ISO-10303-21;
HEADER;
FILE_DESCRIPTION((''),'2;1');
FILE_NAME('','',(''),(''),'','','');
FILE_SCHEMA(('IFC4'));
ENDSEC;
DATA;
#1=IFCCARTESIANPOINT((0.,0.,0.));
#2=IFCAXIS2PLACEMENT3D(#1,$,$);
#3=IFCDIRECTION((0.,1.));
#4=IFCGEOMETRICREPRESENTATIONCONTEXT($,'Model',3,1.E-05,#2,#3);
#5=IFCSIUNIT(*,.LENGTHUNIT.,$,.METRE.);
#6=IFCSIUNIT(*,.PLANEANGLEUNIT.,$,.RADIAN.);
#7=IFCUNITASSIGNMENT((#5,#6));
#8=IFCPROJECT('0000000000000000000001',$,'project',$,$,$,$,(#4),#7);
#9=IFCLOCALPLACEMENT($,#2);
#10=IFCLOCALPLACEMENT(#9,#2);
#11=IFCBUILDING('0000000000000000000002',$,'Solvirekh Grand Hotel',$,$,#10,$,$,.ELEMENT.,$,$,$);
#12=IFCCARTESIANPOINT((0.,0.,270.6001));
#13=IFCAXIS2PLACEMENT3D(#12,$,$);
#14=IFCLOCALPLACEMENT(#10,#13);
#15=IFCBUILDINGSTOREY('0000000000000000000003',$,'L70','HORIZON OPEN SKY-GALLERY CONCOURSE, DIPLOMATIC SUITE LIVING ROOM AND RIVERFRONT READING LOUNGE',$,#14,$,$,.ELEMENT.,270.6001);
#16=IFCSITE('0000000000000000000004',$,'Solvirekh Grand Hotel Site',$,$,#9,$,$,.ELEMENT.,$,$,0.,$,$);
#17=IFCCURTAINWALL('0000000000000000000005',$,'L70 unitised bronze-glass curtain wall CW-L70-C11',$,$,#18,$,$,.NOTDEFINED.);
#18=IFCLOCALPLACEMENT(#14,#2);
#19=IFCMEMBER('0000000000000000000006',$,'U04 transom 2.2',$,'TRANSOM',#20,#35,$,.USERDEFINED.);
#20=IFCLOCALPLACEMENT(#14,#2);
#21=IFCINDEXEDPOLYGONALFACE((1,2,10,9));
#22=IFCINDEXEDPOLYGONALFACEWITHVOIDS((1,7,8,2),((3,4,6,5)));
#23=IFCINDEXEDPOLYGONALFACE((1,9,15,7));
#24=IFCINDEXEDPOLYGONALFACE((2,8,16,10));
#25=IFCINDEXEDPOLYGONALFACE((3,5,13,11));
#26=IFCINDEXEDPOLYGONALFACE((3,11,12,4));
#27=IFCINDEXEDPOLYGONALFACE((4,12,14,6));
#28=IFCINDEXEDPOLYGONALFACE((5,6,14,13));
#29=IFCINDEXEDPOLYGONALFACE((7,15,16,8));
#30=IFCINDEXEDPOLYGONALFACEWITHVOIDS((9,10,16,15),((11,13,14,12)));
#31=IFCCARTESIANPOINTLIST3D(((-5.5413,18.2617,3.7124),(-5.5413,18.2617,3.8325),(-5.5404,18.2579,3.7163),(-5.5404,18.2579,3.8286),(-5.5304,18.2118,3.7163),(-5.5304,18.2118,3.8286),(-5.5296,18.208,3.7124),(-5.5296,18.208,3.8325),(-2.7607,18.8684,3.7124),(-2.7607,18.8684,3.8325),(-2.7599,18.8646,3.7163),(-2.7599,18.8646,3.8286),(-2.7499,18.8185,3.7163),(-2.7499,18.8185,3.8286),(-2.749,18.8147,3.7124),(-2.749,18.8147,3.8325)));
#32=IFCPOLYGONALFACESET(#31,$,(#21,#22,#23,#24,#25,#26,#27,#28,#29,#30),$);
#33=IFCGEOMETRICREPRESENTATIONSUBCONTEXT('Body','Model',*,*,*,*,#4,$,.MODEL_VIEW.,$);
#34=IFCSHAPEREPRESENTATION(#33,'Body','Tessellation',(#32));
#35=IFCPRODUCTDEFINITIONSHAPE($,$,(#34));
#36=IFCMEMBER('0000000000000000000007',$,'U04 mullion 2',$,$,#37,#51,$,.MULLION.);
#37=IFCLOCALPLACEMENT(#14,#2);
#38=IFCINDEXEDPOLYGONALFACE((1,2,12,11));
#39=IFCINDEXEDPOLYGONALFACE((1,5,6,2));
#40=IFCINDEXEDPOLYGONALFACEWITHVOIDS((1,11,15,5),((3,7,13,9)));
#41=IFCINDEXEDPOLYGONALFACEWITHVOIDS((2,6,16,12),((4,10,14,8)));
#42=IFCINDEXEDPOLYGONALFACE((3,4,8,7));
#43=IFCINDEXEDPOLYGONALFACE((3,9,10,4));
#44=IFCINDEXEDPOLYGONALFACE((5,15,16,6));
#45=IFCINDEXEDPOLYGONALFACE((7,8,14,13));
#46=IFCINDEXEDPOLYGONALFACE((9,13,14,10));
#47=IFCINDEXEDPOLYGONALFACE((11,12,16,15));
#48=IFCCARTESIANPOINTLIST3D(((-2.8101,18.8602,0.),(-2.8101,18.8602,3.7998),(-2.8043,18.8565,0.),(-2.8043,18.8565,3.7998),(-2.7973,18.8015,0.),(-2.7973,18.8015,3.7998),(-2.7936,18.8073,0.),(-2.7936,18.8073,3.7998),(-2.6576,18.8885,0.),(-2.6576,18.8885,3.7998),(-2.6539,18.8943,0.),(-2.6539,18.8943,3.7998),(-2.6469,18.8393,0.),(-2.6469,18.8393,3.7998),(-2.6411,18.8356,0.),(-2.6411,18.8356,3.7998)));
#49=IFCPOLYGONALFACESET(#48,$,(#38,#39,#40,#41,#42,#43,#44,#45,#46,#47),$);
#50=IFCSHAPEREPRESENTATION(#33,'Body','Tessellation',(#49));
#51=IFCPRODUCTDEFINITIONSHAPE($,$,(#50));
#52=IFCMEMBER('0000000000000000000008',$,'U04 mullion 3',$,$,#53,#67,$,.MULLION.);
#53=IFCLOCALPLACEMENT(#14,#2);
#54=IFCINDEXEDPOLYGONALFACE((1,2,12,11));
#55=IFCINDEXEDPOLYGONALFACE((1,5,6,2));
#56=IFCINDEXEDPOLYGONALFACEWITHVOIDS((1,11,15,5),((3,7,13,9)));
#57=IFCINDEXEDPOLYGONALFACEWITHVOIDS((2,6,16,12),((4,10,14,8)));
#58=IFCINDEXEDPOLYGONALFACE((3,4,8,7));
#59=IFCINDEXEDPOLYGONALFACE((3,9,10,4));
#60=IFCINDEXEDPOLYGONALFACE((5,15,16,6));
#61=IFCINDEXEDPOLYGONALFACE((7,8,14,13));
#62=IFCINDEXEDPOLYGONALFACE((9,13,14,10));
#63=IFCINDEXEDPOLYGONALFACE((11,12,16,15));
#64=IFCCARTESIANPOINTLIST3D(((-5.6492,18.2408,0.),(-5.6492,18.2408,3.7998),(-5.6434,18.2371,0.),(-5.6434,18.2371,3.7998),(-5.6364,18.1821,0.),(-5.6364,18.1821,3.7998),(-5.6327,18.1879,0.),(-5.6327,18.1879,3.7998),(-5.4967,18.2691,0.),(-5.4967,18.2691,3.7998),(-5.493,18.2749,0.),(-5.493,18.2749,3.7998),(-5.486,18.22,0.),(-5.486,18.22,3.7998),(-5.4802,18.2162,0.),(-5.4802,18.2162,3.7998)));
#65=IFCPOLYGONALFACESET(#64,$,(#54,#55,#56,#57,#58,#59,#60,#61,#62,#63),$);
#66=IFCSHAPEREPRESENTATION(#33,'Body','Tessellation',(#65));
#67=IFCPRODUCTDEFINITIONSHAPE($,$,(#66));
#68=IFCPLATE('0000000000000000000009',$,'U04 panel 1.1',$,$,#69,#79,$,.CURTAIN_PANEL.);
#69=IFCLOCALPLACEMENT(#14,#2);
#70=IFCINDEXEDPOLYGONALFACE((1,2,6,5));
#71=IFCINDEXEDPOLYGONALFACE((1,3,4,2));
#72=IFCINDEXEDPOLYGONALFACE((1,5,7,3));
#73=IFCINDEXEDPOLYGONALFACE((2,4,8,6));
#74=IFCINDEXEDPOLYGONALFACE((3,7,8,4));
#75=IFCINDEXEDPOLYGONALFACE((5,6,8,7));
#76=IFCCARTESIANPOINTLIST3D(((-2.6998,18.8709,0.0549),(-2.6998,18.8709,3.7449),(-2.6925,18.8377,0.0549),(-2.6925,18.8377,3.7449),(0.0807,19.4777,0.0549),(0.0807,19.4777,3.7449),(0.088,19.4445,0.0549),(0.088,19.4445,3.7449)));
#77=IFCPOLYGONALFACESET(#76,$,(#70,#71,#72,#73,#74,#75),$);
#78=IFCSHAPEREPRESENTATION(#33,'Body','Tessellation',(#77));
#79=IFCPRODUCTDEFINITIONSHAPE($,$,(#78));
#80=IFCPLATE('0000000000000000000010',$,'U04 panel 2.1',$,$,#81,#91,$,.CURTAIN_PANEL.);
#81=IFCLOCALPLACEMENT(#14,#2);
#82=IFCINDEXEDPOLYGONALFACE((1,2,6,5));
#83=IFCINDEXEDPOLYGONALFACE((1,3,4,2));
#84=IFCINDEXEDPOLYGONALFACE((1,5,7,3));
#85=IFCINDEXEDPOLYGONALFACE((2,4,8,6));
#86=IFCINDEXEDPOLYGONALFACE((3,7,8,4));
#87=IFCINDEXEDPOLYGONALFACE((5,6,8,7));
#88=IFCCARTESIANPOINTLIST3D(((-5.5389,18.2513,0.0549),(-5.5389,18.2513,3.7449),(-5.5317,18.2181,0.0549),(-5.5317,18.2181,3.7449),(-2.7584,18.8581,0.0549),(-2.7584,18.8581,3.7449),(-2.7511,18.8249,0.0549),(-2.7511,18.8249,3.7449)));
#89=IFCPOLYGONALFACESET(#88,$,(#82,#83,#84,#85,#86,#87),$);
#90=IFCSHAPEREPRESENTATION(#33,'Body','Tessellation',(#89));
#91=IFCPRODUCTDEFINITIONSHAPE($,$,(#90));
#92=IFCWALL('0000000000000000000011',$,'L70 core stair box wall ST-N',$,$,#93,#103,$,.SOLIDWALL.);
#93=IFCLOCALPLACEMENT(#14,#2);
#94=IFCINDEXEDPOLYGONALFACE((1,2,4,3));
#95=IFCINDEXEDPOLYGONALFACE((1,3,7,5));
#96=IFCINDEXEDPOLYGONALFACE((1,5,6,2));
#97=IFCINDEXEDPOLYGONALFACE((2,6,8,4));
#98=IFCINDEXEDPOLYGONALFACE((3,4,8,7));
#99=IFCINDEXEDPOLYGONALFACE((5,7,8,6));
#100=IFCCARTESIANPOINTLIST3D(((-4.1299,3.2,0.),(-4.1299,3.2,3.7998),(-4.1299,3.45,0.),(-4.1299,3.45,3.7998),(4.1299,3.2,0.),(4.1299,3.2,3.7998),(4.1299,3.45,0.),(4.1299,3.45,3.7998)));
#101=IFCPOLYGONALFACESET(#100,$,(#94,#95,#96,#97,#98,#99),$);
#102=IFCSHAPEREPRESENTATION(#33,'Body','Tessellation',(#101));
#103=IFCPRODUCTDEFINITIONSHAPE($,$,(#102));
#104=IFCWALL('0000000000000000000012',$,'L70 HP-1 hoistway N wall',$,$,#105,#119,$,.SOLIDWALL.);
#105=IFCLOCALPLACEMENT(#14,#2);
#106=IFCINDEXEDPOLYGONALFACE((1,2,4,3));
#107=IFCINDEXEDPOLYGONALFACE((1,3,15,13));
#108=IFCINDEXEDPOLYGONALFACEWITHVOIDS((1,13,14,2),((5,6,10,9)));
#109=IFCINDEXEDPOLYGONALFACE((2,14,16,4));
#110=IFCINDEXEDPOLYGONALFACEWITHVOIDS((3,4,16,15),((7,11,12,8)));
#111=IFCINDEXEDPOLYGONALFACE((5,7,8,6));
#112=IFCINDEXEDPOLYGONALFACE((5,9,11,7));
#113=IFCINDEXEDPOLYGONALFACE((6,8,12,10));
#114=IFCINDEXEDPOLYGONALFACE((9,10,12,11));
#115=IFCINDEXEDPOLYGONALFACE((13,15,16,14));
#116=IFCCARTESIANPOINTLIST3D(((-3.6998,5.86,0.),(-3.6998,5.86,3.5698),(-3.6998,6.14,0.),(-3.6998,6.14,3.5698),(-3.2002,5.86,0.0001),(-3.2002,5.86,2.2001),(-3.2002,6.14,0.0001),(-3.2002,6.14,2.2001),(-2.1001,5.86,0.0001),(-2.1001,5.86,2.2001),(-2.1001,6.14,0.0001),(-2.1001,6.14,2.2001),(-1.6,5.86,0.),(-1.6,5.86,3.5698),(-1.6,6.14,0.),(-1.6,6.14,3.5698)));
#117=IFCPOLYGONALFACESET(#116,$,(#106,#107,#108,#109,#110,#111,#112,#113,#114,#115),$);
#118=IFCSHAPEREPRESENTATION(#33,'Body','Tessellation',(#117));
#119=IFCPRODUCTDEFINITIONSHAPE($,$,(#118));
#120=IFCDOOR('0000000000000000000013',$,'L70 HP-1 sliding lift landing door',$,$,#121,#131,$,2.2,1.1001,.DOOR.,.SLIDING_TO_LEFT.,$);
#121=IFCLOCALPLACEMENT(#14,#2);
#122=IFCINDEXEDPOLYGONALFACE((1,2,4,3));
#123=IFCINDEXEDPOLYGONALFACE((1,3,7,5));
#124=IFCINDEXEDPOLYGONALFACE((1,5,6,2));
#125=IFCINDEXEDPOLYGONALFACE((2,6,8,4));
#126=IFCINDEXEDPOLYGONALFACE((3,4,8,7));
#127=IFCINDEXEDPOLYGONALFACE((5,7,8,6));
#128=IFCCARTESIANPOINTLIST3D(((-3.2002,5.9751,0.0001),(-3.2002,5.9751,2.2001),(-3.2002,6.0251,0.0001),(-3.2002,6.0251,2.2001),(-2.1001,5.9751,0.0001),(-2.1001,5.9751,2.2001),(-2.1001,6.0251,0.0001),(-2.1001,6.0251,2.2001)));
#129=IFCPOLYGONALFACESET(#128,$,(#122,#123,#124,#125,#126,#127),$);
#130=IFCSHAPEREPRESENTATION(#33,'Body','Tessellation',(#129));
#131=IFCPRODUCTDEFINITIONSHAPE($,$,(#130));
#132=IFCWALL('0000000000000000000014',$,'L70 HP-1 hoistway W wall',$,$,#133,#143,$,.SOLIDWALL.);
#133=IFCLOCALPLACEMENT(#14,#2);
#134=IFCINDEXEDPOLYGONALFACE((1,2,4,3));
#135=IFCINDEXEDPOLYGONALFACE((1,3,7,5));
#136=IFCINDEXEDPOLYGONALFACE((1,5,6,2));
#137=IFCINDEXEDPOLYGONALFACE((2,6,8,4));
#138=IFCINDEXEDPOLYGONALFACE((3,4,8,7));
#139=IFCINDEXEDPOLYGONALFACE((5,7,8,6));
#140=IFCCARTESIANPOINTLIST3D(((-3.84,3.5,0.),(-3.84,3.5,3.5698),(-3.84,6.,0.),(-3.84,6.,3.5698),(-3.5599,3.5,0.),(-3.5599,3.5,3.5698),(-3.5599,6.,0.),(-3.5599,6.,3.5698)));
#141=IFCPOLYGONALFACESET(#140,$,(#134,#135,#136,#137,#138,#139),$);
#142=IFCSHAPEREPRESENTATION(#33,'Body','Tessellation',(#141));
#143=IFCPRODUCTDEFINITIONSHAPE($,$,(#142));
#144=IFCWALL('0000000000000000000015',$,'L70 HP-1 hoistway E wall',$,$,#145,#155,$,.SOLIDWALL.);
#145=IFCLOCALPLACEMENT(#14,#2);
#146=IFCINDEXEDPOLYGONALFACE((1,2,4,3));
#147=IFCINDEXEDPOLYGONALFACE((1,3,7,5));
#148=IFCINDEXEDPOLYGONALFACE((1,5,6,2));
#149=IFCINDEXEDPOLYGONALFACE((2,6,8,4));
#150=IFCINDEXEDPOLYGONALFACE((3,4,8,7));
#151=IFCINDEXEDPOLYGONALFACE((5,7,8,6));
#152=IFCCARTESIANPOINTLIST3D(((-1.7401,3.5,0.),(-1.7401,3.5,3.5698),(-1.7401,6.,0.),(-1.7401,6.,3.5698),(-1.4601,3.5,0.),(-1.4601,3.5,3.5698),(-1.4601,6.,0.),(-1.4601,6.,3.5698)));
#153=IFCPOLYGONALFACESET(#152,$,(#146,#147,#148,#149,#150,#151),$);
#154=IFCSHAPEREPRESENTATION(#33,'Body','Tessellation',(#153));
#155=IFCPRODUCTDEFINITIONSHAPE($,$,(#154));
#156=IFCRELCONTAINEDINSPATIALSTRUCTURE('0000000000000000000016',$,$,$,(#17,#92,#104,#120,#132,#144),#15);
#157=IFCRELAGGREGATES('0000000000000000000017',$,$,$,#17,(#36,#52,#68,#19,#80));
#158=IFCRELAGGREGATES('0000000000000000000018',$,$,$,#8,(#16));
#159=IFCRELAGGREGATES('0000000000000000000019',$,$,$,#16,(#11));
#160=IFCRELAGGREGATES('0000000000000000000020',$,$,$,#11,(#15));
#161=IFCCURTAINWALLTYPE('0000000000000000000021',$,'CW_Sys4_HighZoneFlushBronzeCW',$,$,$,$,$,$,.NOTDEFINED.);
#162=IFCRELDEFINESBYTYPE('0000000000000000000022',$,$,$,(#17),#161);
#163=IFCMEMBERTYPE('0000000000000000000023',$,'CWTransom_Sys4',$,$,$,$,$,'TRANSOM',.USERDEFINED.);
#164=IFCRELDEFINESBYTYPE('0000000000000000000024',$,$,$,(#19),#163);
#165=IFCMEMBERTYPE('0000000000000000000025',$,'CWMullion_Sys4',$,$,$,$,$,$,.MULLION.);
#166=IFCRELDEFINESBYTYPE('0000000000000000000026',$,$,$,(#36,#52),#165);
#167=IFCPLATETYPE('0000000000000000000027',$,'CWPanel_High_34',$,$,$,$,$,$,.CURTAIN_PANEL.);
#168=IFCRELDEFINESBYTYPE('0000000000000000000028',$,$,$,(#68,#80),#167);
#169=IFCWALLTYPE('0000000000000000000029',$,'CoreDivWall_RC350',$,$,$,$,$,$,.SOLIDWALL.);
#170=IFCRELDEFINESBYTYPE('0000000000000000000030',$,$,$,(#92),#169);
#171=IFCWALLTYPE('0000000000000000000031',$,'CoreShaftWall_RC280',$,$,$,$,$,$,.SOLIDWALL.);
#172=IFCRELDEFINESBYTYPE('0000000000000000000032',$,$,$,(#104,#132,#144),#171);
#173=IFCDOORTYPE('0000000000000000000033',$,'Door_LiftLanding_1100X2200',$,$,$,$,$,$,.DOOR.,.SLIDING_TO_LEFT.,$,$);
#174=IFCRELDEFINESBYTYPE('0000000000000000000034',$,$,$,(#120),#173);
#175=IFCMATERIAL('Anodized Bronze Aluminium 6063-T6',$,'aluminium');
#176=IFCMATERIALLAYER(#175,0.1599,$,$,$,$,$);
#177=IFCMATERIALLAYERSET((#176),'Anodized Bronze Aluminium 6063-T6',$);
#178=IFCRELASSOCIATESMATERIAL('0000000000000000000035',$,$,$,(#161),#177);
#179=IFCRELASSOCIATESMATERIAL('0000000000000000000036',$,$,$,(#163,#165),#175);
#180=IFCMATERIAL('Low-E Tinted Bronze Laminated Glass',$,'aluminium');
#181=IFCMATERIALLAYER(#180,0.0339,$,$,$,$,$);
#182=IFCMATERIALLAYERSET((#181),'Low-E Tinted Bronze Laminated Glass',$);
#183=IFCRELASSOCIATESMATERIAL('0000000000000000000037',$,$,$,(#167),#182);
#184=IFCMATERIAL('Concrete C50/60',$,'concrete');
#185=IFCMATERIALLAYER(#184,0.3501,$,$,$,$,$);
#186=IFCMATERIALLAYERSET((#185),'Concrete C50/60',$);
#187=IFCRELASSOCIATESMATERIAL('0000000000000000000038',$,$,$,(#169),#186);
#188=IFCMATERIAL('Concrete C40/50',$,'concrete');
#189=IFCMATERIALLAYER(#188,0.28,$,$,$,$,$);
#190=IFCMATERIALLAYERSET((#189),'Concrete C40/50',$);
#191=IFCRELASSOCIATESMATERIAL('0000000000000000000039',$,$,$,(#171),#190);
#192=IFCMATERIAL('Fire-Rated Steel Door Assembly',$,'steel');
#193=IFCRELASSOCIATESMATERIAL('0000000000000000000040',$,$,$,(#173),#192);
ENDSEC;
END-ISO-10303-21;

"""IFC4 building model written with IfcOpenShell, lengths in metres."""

from ifc_helpers import new_model, si_unit, direction, frame, frame_2d, origin, origin_2d, place, context, subcontext, project, spatial, rectangle, hollow_rectangle, extrude, source, transform, mapped, material, layer, layer_set, material_profile, profile_set, type_object, element, fill, aggregate, save


model = new_model("IFC4")

# Units and contexts
model_context = context("Model", 3, precision=1e-05, world=origin(), true_north=direction((0.0, 1.0)))
body_context = subcontext(model_context, "Body", "Model", "MODEL_VIEW")
ifc_project = project(units=[si_unit("LENGTHUNIT", "METRE"), si_unit("PLANEANGLEUNIT", "RADIAN")], contexts=[model_context])

# Site, building, storey
site_placement = place(None, origin())
site = spatial("IfcSite", under=ifc_project, at=site_placement, Name="Solvirekh Grand Hotel Site", CompositionType="ELEMENT", RefElevation=0.0)
building_placement = place(site_placement, origin())
building = spatial("IfcBuilding", under=site, at=building_placement, Name="Solvirekh Grand Hotel", CompositionType="ELEMENT")
storey_placement = place(building_placement, frame((0.0, 0.0, 270.6001)))
storey = spatial("IfcBuildingStorey", under=building, at=storey_placement, Name="L70", Description="HORIZON OPEN SKY-GALLERY CONCOURSE, DIPLOMATIC SUITE LIVING ROOM AND RIVERFRONT READING LOUNGE", CompositionType="ELEMENT", Elevation=270.6001)

# Shared definitions
ifc_material_1 = material(Name="Concrete C50/60", Category="concrete")

# Curtain wall, members, plates
ifc_material_2 = material(Name="Anodized Bronze Aluminium 6063-T6", Category="aluminium")
ifc_layer_1 = layer(ifc_material_2, 0.1599)
ifc_layer_set_1 = layer_set([ifc_layer_1], Name="Anodized Bronze Aluminium 6063-T6")
curtain_wall_type = type_object("IfcCurtainWallType", Name="CW_Sys4_HighZoneFlushBronzeCW", PredefinedType="NOTDEFINED", material=ifc_layer_set_1)
curtain_wall_placement = place(storey_placement, origin())
curtain_wall = element("IfcCurtainWall", 1, at=curtain_wall_placement, inside=storey, type_object=curtain_wall_type, Name="L70 unitised bronze-glass curtain wall CW-L70-C11", PredefinedType="NOTDEFINED")
ifc_material_profile_1 = material_profile(ifc_material_2, hollow_rectangle(XDim=0.0549, YDim=0.1201, WallThickness=0.0039, at=origin_2d()), Name="ALU RHS 120X55X4")
ifc_profile_set_1 = profile_set([ifc_material_profile_1], Name="Anodized Bronze Aluminium 6063-T6")
member_type_1 = type_object("IfcMemberType", Name="CWTransom_Sys4", ElementType="TRANSOM", PredefinedType="USERDEFINED", material=ifc_profile_set_1)
shared_shape_1 = source(origin(), body_context, "Body", "SweptSolid", [
    extrude(hollow_rectangle(XDim=0.0549, YDim=0.1201, WallThickness=0.0039, at=origin_2d()), origin(), (0.0, 0.0, 1.0), 2.8459),
])
member_1_placement = place(storey_placement, frame((-2.7549, 18.8416, 3.7725), z_axis=(-0.977013, -0.213177, 0.0), x_axis=(0.213177, -0.977013, 0.0)))
member_1 = element("IfcMember", 2, at=member_1_placement, type_object=member_type_1, Name="U04 transom 2.2", ObjectType="TRANSOM", PredefinedType="USERDEFINED", context=body_context, shape_type="MappedRepresentation", body=[
    mapped(shared_shape_1, transform((0.0, 0.0, 0.0), x_axis=(1.0, 0.0, 0.0), y_axis=(0.0, 1.0, 0.0), z_axis=(0.0, 0.0, 1.0), scale=1.0)),
])
ifc_material_profile_2 = material_profile(ifc_material_2, hollow_rectangle(XDim=0.0601, YDim=0.1599, WallThickness=0.0049, at=origin_2d()), Name="ALU RHS 160X60X5")
ifc_profile_set_2 = profile_set([ifc_material_profile_2], Name="Anodized Bronze Aluminium 6063-T6")
member_type_2 = type_object("IfcMemberType", Name="CWMullion_Sys4", PredefinedType="MULLION", material=ifc_profile_set_2)
shared_shape_2 = source(origin(), body_context, "Body", "SweptSolid", [
    extrude(hollow_rectangle(XDim=0.0601, YDim=0.1599, WallThickness=0.0049, at=origin_2d()), origin(), (0.0, 0.0, 1.0), 3.7998),
])
member_2_placement = place(storey_placement, frame((-2.7256, 18.8479, 0.0), z_axis=(0.0, 0.0, 1.0), x_axis=(0.213214, -0.977005, 0.0)))
member_2 = element("IfcMember", 3, at=member_2_placement, type_object=member_type_2, Name="U04 mullion 2", PredefinedType="MULLION", context=body_context, shape_type="MappedRepresentation", body=[
    mapped(shared_shape_2, transform((0.0, 0.0, 0.0), x_axis=(1.0, 0.0, 0.0), y_axis=(0.0, 1.0, 0.0), z_axis=(0.0, 0.0, 1.0), scale=1.0)),
])
member_3_placement = place(storey_placement, frame((-5.5647, 18.2285, 0.0), z_axis=(0.0, 0.0, 1.0), x_axis=(0.213214, -0.977005, 0.0)))
member_3 = element("IfcMember", 4, at=member_3_placement, type_object=member_type_2, Name="U04 mullion 3", PredefinedType="MULLION", context=body_context, shape_type="MappedRepresentation", body=[
    mapped(shared_shape_2, transform((0.0, 0.0, 0.0), x_axis=(1.0, 0.0, 0.0), y_axis=(0.0, 1.0, 0.0), z_axis=(0.0, 0.0, 1.0), scale=1.0)),
])
ifc_material_3 = material(Name="Low-E Tinted Bronze Laminated Glass", Category="aluminium")
ifc_layer_2 = layer(ifc_material_3, 0.0339)
ifc_layer_set_2 = layer_set([ifc_layer_2], Name="Low-E Tinted Bronze Laminated Glass")
plate_type = type_object("IfcPlateType", Name="CWPanel_High_34", PredefinedType="CURTAIN_PANEL", material=ifc_layer_set_2)
shared_shape_3 = source(origin(), body_context, "Body", "SweptSolid", [
    extrude(rectangle(XDim=2.8459, YDim=0.0339, at=origin_2d()), origin(), (0.0, 0.0, 1.0), 3.6899),
])
plate_1_placement = place(storey_placement, frame((-1.3059, 19.1577, 0.0549), z_axis=(0.0, 0.0, 1.0), x_axis=(-0.977005, -0.213214, 0.0)))
plate_1 = element("IfcPlate", 5, at=plate_1_placement, type_object=plate_type, Name="U04 panel 1.1", PredefinedType="CURTAIN_PANEL", context=body_context, shape_type="MappedRepresentation", body=[
    mapped(shared_shape_3, transform((0.0, 0.0, 0.0), x_axis=(1.0, 0.0, 0.0), y_axis=(0.0, 1.0, 0.0), z_axis=(0.0, 0.0, 1.0), scale=1.0)),
])
plate_2_placement = place(storey_placement, frame((-4.145, 18.5381, 0.0549), z_axis=(0.0, 0.0, 1.0), x_axis=(-0.977005, -0.213214, 0.0)))
plate_2 = element("IfcPlate", 6, at=plate_2_placement, type_object=plate_type, Name="U04 panel 2.1", PredefinedType="CURTAIN_PANEL", context=body_context, shape_type="MappedRepresentation", body=[
    mapped(shared_shape_3, transform((0.0, 0.0, 0.0), x_axis=(1.0, 0.0, 0.0), y_axis=(0.0, 1.0, 0.0), z_axis=(0.0, 0.0, 1.0), scale=1.0)),
])
aggregate(curtain_wall, [member_2, member_3, plate_1, member_1, plate_2])

# Wall
ifc_layer_3 = layer(ifc_material_1, 0.3501)
ifc_layer_set_3 = layer_set([ifc_layer_3], Name="Concrete C50/60")
wall_type_1 = type_object("IfcWallType", Name="CoreDivWall_RC350", PredefinedType="SOLIDWALL", material=ifc_layer_set_3)
wall_1_placement = place(storey_placement, frame((-4.1299, 3.325, 0.0), z_axis=(0.0, 0.0, 1.0), x_axis=(1.0, 0.0, 0.0)))
element("IfcWall", 7, at=wall_1_placement, inside=storey, type_object=wall_type_1, Name="L70 core stair box wall ST-N", PredefinedType="SOLIDWALL", context=body_context, shape_type="SweptSolid", body=[
    extrude(rectangle(XDim=8.2598, YDim=0.25, at=frame_2d((4.1299, 0.0))), origin(), (0.0, 0.0, 1.0), 3.7998),
])

# Wall, opening, door
ifc_material_4 = material(Name="Concrete C40/50", Category="concrete")
ifc_layer_4 = layer(ifc_material_4, 0.28)
ifc_layer_set_4 = layer_set([ifc_layer_4], Name="Concrete C40/50")
wall_type_2 = type_object("IfcWallType", Name="CoreShaftWall_RC280", PredefinedType="SOLIDWALL", material=ifc_layer_set_4)
wall_2_placement = place(storey_placement, frame((-1.6001, 6.0, 0.0), z_axis=(0.0, 0.0, 1.0), x_axis=(-1.0, 0.0, 0.0)))
wall_2 = element("IfcWall", 8, at=wall_2_placement, inside=storey, type_object=wall_type_2, Name="L70 HP-1 hoistway N wall", PredefinedType="SOLIDWALL", context=body_context, shape_type="SweptSolid", body=[
    extrude(rectangle(XDim=2.0999, YDim=0.28, at=frame_2d((1.0498, 0.0))), origin(), (0.0, 0.0, 1.0), 3.5698),
])
opening_1_placement = place(wall_2_placement, frame((0.5, 0.0, 0.0)))
opening_1 = element("IfcOpeningElement", 9, at=opening_1_placement, cuts=wall_2, PredefinedType="OPENING", context=body_context, shape_type="SweptSolid", body=[
    extrude(rectangle(XDim=1.1001, YDim=2.2, at=frame_2d((0.55, 1.1001))), frame((0.0, 0.1499, 0.0), z_axis=(0.0, -1.0, 0.0), x_axis=(1.0, 0.0, 0.0)), (0.0, 0.0, 1.0), 0.3),
])
ifc_material_5 = material(Name="Fire-Rated Steel Door Assembly", Category="steel")
door_type_1 = type_object("IfcDoorType", Name="Door_LiftLanding_1100X2200", OperationType="SLIDING_TO_LEFT", PredefinedType="DOOR", material=ifc_material_5)
door_1_placement = place(opening_1_placement, origin())
door_1 = element("IfcDoor", 10, at=door_1_placement, inside=storey, type_object=door_type_1, Name="L70 HP-1 sliding lift landing door", OperationType="SLIDING_TO_LEFT", OverallHeight=2.2, OverallWidth=1.1001, PredefinedType="DOOR", context=body_context, shape_type="SweptSolid", body=[
    extrude(rectangle(XDim=1.1001, YDim=2.2, at=frame_2d((0.55, 1.1001))), frame((0.0, 0.0249, 0.0), z_axis=(0.0, -1.0, 0.0), x_axis=(1.0, 0.0, 0.0)), (0.0, 0.0, 1.0), 0.05),
])
fill(opening_1, door_1)

# Walls
for number, where, z_axis, x_axis, name in (
    (11, (-3.7, 6.0, 0.0), (0.0, 0.0, 1.0), (0.0, -1.0, 0.0), "L70 HP-1 hoistway W wall"),
    (12, (-1.6001, 3.5, 0.0), (0.0, 0.0, 1.0), (0.0, 1.0, 0.0), "L70 HP-1 hoistway E wall"),
):
    element("IfcWall", number, at=place(storey_placement, frame(where, z_axis=z_axis, x_axis=x_axis)), inside=storey, type_object=wall_type_2, Name=name, PredefinedType="SOLIDWALL", context=body_context, shape_type="SweptSolid", body=[
        extrude(rectangle(XDim=2.5, YDim=0.28, at=frame_2d((1.25, 0.0))), origin(), (0.0, 0.0, 1.0), 3.5698),
    ])

save(model, "model.ifc")
